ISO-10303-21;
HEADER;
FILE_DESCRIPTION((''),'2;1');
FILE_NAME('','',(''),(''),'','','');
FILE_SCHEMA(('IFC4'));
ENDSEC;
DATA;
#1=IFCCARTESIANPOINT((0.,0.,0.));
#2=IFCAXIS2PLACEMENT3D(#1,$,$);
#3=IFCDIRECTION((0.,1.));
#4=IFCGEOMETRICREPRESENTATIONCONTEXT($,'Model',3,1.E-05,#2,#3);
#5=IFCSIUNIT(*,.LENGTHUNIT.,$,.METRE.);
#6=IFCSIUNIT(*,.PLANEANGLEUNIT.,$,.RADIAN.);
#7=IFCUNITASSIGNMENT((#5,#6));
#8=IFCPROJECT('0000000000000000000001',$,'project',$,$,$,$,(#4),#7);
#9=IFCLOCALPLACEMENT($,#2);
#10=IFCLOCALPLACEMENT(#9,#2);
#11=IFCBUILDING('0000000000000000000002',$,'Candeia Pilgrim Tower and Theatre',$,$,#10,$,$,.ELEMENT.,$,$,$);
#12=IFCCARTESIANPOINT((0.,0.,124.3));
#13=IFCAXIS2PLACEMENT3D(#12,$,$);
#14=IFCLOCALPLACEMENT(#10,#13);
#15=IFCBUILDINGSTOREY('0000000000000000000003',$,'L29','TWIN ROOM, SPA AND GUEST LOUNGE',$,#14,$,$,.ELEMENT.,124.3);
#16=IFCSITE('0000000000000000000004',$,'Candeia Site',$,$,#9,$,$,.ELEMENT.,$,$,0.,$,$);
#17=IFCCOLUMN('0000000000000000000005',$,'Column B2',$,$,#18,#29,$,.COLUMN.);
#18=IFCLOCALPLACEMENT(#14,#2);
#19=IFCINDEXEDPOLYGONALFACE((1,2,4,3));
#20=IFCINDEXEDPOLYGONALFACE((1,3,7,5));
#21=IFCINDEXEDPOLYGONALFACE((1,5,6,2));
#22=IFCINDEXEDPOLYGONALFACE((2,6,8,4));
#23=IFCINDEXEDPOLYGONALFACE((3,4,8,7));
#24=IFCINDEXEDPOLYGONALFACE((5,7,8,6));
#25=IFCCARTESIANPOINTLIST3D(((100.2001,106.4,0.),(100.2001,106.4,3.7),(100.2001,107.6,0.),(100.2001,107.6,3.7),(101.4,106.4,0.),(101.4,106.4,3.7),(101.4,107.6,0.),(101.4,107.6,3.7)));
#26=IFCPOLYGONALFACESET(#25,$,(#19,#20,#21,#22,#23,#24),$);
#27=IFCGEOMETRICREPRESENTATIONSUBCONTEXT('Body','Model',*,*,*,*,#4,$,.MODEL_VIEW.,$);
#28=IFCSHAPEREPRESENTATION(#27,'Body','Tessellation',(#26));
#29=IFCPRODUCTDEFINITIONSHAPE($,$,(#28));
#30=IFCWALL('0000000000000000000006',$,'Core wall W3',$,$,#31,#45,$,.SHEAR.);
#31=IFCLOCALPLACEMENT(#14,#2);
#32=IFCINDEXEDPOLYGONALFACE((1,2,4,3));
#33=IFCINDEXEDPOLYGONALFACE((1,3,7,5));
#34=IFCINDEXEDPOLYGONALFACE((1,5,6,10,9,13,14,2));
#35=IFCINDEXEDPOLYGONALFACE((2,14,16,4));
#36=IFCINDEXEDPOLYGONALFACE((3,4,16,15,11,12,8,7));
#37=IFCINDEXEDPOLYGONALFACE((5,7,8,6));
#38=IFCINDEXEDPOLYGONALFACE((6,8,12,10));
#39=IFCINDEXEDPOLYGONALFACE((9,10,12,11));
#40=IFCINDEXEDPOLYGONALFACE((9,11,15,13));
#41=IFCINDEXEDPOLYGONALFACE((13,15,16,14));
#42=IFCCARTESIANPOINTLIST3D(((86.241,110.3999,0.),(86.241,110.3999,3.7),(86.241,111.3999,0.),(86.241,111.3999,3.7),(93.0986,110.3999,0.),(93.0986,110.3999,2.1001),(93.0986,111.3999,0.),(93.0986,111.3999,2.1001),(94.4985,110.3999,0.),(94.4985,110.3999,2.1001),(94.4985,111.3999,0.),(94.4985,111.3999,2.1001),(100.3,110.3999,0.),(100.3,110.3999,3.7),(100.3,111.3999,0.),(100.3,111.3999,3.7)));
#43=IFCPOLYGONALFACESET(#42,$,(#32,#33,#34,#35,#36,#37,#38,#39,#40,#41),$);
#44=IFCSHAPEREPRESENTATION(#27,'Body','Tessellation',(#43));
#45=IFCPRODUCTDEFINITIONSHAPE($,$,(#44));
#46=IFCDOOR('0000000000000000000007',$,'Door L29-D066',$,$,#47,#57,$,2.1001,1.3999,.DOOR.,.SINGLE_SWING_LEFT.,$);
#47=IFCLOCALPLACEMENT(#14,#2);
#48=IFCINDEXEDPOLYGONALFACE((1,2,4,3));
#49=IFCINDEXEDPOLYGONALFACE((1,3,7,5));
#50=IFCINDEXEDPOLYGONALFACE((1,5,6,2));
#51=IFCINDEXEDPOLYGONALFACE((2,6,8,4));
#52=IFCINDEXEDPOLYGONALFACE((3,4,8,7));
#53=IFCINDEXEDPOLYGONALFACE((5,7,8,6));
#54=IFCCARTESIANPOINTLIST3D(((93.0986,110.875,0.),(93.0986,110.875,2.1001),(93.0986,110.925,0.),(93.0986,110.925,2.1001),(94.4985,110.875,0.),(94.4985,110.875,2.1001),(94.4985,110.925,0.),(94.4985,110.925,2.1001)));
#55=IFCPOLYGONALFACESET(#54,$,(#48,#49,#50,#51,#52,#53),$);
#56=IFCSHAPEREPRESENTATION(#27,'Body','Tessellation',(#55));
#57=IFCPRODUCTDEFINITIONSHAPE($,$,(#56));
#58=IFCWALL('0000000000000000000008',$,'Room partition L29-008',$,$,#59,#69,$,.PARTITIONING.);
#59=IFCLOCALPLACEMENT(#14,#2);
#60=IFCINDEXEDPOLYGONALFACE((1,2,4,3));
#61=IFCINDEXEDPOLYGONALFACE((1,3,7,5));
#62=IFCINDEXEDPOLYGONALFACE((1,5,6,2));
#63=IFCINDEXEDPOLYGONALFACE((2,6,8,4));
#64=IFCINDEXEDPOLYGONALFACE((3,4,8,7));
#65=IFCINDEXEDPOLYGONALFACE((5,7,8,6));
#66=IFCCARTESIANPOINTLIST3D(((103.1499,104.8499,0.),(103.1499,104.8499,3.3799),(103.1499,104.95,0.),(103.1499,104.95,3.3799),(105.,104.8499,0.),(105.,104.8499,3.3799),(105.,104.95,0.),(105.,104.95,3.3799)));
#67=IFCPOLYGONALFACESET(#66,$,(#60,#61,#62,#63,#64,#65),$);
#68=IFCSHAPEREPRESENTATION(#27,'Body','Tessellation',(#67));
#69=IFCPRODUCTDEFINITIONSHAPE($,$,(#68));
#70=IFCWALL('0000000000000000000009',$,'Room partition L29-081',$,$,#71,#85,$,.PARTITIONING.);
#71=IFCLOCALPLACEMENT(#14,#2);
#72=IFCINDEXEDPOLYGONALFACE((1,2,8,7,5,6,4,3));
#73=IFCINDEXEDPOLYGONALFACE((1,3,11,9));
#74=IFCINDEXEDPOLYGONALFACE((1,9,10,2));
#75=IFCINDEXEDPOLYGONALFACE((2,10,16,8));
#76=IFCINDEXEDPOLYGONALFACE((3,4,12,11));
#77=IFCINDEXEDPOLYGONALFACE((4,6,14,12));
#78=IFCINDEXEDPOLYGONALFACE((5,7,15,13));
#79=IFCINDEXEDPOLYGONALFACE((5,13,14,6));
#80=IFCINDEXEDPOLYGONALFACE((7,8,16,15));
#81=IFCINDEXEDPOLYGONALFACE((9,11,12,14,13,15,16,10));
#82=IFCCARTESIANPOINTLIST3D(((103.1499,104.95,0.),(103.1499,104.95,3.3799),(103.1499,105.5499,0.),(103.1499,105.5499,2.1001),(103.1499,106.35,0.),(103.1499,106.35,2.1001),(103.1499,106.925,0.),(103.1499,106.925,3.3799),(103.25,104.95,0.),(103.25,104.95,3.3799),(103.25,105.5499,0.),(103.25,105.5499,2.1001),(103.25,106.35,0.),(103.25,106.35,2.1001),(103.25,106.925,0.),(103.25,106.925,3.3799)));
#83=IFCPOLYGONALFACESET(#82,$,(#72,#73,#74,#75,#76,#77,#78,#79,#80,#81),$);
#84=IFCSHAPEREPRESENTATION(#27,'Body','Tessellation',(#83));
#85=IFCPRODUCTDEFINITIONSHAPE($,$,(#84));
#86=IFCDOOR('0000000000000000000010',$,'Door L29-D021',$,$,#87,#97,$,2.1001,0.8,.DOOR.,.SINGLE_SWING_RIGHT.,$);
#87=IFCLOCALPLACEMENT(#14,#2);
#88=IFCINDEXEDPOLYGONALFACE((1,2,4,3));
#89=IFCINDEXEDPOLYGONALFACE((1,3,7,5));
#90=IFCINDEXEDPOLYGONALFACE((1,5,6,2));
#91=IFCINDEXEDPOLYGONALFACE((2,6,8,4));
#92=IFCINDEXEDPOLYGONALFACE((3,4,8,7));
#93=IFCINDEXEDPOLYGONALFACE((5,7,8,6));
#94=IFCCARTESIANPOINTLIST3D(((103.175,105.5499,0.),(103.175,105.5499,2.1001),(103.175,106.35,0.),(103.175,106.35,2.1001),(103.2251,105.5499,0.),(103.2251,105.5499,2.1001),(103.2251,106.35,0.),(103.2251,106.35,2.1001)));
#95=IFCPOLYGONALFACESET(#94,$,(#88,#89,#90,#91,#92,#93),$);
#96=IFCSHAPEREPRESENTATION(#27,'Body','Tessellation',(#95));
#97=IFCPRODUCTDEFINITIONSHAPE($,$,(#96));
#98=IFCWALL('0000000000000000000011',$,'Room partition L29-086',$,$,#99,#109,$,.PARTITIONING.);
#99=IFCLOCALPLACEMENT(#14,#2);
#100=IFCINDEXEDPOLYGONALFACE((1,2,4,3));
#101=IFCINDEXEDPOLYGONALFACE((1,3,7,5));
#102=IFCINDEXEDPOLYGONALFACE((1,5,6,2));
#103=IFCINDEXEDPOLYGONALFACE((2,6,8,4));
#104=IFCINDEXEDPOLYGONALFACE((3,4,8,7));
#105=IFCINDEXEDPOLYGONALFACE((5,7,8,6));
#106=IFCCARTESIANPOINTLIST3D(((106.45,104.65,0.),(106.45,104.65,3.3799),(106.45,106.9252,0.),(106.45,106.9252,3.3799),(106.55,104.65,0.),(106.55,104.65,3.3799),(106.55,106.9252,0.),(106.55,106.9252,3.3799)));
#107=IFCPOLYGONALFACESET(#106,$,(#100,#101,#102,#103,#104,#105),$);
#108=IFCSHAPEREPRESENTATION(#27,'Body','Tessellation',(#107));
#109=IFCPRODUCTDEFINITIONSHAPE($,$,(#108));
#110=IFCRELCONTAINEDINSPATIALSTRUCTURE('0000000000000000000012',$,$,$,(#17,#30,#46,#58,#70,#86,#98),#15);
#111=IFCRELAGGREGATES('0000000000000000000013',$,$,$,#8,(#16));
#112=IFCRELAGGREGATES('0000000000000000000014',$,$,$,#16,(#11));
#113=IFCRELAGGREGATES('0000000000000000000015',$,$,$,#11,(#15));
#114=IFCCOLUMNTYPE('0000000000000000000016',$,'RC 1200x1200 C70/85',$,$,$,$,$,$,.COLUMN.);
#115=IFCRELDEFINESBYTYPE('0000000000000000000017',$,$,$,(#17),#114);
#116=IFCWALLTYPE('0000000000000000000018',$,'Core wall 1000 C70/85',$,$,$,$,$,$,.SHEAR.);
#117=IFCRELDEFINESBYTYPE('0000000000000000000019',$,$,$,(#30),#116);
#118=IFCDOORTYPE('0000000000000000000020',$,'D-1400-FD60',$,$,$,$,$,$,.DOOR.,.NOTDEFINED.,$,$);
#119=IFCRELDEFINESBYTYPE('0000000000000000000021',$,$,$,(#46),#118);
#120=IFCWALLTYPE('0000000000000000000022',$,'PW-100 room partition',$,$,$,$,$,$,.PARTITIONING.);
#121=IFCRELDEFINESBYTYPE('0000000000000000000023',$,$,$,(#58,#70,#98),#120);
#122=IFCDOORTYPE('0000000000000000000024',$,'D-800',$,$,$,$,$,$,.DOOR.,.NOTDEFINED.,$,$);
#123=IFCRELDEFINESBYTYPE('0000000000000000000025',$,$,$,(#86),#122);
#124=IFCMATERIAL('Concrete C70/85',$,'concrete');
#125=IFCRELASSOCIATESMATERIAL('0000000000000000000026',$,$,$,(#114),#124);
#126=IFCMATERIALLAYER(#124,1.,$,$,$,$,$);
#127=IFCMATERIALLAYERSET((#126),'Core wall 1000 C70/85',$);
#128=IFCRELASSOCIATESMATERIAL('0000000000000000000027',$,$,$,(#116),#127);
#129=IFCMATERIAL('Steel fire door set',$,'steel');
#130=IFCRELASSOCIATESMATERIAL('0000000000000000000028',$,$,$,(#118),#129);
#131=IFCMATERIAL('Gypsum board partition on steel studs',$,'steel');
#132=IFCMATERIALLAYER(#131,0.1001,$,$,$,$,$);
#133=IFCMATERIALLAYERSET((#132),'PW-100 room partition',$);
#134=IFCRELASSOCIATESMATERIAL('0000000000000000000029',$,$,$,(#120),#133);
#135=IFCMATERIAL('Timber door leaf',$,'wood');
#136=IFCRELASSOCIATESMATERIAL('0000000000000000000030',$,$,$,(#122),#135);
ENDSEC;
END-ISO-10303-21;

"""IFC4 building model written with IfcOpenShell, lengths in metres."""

from ifc_helpers import new_model, si_unit, direction, frame, frame_2d, origin, origin_2d, place, context, subcontext, project, spatial, rectangle, extrude, material, layer, layer_set, material_profile, profile_set, type_object, element, fill, save


model = new_model("IFC4")

# Units and contexts
model_context = context("Model", 3, precision=1e-05, world=origin(), true_north=direction((0.0, 1.0)))
body_context = subcontext(model_context, "Body", "Model", "MODEL_VIEW")
ifc_project = project(units=[si_unit("LENGTHUNIT", "METRE"), si_unit("PLANEANGLEUNIT", "RADIAN")], contexts=[model_context])

# Site, building, storey
site_placement = place(None, origin())
site = spatial("IfcSite", under=ifc_project, at=site_placement, Name="Candeia Site", CompositionType="ELEMENT", RefElevation=0.0)
building_placement = place(site_placement, origin())
building = spatial("IfcBuilding", under=site, at=building_placement, Name="Candeia Pilgrim Tower and Theatre", CompositionType="ELEMENT")
storey_placement = place(building_placement, frame((0.0, 0.0, 124.3)))
storey = spatial("IfcBuildingStorey", under=building, at=storey_placement, Name="L29", Description="TWIN ROOM, SPA AND GUEST LOUNGE", CompositionType="ELEMENT", Elevation=124.3)

# Column
ifc_material_1 = material(Name="Concrete C70/85", Category="concrete")
ifc_material_profile = material_profile(ifc_material_1, rectangle(XDim=1.2, YDim=1.2, at=origin_2d()))
ifc_profile_set = profile_set([ifc_material_profile], Name="Concrete C70/85")
column_type = type_object("IfcColumnType", Name="RC 1200x1200 C70/85", PredefinedType="COLUMN", material=ifc_profile_set)
column_placement = place(storey_placement, frame((100.8, 107.0, 0.0), z_axis=(0.0, 0.0, 1.0), x_axis=(1.0, 0.0, 0.0)))
element("IfcColumn", 1, at=column_placement, inside=storey, type_object=column_type, Name="Column B2", PredefinedType="COLUMN", context=body_context, shape_type="SweptSolid", body=[
    extrude(rectangle(XDim=1.2, YDim=1.2, at=origin_2d()), origin(), (0.0, 0.0, 1.0), 3.7),
])

# Wall, opening, door
ifc_layer_1 = layer(ifc_material_1, 1.0)
ifc_layer_set_1 = layer_set([ifc_layer_1], Name="Core wall 1000 C70/85")
wall_type_1 = type_object("IfcWallType", Name="Core wall 1000 C70/85", PredefinedType="SHEAR", material=ifc_layer_set_1)
wall_1_placement = place(storey_placement, frame((100.3, 110.8999, 0.0), z_axis=(0.0, 0.0, 1.0), x_axis=(-1.0, 0.0, 0.0)))
wall_1 = element("IfcWall", 2, at=wall_1_placement, inside=storey, type_object=wall_type_1, Name="Core wall W3", PredefinedType="SHEAR", context=body_context, shape_type="SweptSolid", body=[
    extrude(rectangle(XDim=14.0591, YDim=1.0, at=frame_2d((7.0295, 0.0))), origin(), (0.0, 0.0, 1.0), 3.7),
])
opening_1_placement = place(wall_1_placement, frame((5.8015, 0.0, 0.0)))
opening_1 = element("IfcOpeningElement", 3, at=opening_1_placement, cuts=wall_1, PredefinedType="OPENING", context=body_context, shape_type="SweptSolid", body=[
    extrude(rectangle(XDim=1.3999, YDim=2.1001, at=frame_2d((0.7, 1.05))), frame((0.0, 0.51, 0.0), z_axis=(0.0, -1.0, 0.0), x_axis=(1.0, 0.0, 0.0)), (0.0, 0.0, 1.0), 1.02),
])
ifc_material_2 = material(Name="Steel fire door set", Category="steel")
door_type_1 = type_object("IfcDoorType", Name="D-1400-FD60", OperationType="NOTDEFINED", PredefinedType="DOOR", material=ifc_material_2)
door_1_placement = place(opening_1_placement, origin())
door_1 = element("IfcDoor", 4, at=door_1_placement, inside=storey, type_object=door_type_1, Name="Door L29-D066", OperationType="SINGLE_SWING_LEFT", OverallHeight=2.1001, OverallWidth=1.3999, PredefinedType="DOOR", context=body_context, shape_type="SweptSolid", body=[
    extrude(rectangle(XDim=1.3999, YDim=2.1001, at=frame_2d((0.7, 1.05))), frame((0.0, 0.0249, 0.0), z_axis=(0.0, -1.0, 0.0), x_axis=(1.0, 0.0, 0.0)), (0.0, 0.0, 1.0), 0.05),
])
fill(opening_1, door_1)

# Wall
ifc_material_3 = material(Name="Gypsum board partition on steel studs", Category="steel")
ifc_layer_2 = layer(ifc_material_3, 0.1001)
ifc_layer_set_2 = layer_set([ifc_layer_2], Name="PW-100 room partition")
wall_type_2 = type_object("IfcWallType", Name="PW-100 room partition", PredefinedType="PARTITIONING", material=ifc_layer_set_2)
wall_2_placement = place(storey_placement, frame((103.1499, 104.8999, 0.0), z_axis=(0.0, 0.0, 1.0), x_axis=(1.0, 0.0, 0.0)))
element("IfcWall", 5, at=wall_2_placement, inside=storey, type_object=wall_type_2, Name="Room partition L29-008", PredefinedType="PARTITIONING", context=body_context, shape_type="SweptSolid", body=[
    extrude(rectangle(XDim=1.8501, YDim=0.1001, at=frame_2d((0.925, 0.0))), origin(), (0.0, 0.0, 1.0), 3.3799),
])

# Wall, opening, door
wall_3_placement = place(storey_placement, frame((103.2, 104.95, 0.0), z_axis=(0.0, 0.0, 1.0), x_axis=(0.0, 1.0, 0.0)))
wall_3 = element("IfcWall", 6, at=wall_3_placement, inside=storey, type_object=wall_type_2, Name="Room partition L29-081", PredefinedType="PARTITIONING", context=body_context, shape_type="SweptSolid", body=[
    extrude(rectangle(XDim=1.9751, YDim=0.1001, at=frame_2d((0.9875, 0.0))), origin(), (0.0, 0.0, 1.0), 3.3799),
])
opening_2_placement = place(wall_3_placement, frame((0.6001, 0.0, 0.0)))
opening_2 = element("IfcOpeningElement", 7, at=opening_2_placement, cuts=wall_3, PredefinedType="OPENING", context=body_context, shape_type="SweptSolid", body=[
    extrude(rectangle(XDim=0.8, YDim=2.1001, at=frame_2d((0.3999, 1.05))), frame((0.0, 0.0601, 0.0), z_axis=(0.0, -1.0, 0.0), x_axis=(1.0, 0.0, 0.0)), (0.0, 0.0, 1.0), 0.1201),
])
ifc_material_4 = material(Name="Timber door leaf", Category="wood")
door_type_2 = type_object("IfcDoorType", Name="D-800", OperationType="NOTDEFINED", PredefinedType="DOOR", material=ifc_material_4)
door_2_placement = place(opening_2_placement, origin())
door_2 = element("IfcDoor", 8, at=door_2_placement, inside=storey, type_object=door_type_2, Name="Door L29-D021", OperationType="SINGLE_SWING_RIGHT", OverallHeight=2.1001, OverallWidth=0.8, PredefinedType="DOOR", context=body_context, shape_type="SweptSolid", body=[
    extrude(rectangle(XDim=0.8, YDim=2.1001, at=frame_2d((0.3999, 1.05))), frame((0.0, 0.0249, 0.0), z_axis=(0.0, -1.0, 0.0), x_axis=(1.0, 0.0, 0.0)), (0.0, 0.0, 1.0), 0.05),
])
fill(opening_2, door_2)

# Wall
wall_4_placement = place(storey_placement, frame((106.5, 104.6499, 0.0), z_axis=(0.0, 0.0, 1.0), x_axis=(0.0, 1.0, 0.0)))
element("IfcWall", 9, at=wall_4_placement, inside=storey, type_object=wall_type_2, Name="Room partition L29-086", PredefinedType="PARTITIONING", context=body_context, shape_type="SweptSolid", body=[
    extrude(rectangle(XDim=2.2751, YDim=0.1001, at=frame_2d((1.1377, 0.0))), origin(), (0.0, 0.0, 1.0), 3.3799),
])

save(model, "model.ifc")
